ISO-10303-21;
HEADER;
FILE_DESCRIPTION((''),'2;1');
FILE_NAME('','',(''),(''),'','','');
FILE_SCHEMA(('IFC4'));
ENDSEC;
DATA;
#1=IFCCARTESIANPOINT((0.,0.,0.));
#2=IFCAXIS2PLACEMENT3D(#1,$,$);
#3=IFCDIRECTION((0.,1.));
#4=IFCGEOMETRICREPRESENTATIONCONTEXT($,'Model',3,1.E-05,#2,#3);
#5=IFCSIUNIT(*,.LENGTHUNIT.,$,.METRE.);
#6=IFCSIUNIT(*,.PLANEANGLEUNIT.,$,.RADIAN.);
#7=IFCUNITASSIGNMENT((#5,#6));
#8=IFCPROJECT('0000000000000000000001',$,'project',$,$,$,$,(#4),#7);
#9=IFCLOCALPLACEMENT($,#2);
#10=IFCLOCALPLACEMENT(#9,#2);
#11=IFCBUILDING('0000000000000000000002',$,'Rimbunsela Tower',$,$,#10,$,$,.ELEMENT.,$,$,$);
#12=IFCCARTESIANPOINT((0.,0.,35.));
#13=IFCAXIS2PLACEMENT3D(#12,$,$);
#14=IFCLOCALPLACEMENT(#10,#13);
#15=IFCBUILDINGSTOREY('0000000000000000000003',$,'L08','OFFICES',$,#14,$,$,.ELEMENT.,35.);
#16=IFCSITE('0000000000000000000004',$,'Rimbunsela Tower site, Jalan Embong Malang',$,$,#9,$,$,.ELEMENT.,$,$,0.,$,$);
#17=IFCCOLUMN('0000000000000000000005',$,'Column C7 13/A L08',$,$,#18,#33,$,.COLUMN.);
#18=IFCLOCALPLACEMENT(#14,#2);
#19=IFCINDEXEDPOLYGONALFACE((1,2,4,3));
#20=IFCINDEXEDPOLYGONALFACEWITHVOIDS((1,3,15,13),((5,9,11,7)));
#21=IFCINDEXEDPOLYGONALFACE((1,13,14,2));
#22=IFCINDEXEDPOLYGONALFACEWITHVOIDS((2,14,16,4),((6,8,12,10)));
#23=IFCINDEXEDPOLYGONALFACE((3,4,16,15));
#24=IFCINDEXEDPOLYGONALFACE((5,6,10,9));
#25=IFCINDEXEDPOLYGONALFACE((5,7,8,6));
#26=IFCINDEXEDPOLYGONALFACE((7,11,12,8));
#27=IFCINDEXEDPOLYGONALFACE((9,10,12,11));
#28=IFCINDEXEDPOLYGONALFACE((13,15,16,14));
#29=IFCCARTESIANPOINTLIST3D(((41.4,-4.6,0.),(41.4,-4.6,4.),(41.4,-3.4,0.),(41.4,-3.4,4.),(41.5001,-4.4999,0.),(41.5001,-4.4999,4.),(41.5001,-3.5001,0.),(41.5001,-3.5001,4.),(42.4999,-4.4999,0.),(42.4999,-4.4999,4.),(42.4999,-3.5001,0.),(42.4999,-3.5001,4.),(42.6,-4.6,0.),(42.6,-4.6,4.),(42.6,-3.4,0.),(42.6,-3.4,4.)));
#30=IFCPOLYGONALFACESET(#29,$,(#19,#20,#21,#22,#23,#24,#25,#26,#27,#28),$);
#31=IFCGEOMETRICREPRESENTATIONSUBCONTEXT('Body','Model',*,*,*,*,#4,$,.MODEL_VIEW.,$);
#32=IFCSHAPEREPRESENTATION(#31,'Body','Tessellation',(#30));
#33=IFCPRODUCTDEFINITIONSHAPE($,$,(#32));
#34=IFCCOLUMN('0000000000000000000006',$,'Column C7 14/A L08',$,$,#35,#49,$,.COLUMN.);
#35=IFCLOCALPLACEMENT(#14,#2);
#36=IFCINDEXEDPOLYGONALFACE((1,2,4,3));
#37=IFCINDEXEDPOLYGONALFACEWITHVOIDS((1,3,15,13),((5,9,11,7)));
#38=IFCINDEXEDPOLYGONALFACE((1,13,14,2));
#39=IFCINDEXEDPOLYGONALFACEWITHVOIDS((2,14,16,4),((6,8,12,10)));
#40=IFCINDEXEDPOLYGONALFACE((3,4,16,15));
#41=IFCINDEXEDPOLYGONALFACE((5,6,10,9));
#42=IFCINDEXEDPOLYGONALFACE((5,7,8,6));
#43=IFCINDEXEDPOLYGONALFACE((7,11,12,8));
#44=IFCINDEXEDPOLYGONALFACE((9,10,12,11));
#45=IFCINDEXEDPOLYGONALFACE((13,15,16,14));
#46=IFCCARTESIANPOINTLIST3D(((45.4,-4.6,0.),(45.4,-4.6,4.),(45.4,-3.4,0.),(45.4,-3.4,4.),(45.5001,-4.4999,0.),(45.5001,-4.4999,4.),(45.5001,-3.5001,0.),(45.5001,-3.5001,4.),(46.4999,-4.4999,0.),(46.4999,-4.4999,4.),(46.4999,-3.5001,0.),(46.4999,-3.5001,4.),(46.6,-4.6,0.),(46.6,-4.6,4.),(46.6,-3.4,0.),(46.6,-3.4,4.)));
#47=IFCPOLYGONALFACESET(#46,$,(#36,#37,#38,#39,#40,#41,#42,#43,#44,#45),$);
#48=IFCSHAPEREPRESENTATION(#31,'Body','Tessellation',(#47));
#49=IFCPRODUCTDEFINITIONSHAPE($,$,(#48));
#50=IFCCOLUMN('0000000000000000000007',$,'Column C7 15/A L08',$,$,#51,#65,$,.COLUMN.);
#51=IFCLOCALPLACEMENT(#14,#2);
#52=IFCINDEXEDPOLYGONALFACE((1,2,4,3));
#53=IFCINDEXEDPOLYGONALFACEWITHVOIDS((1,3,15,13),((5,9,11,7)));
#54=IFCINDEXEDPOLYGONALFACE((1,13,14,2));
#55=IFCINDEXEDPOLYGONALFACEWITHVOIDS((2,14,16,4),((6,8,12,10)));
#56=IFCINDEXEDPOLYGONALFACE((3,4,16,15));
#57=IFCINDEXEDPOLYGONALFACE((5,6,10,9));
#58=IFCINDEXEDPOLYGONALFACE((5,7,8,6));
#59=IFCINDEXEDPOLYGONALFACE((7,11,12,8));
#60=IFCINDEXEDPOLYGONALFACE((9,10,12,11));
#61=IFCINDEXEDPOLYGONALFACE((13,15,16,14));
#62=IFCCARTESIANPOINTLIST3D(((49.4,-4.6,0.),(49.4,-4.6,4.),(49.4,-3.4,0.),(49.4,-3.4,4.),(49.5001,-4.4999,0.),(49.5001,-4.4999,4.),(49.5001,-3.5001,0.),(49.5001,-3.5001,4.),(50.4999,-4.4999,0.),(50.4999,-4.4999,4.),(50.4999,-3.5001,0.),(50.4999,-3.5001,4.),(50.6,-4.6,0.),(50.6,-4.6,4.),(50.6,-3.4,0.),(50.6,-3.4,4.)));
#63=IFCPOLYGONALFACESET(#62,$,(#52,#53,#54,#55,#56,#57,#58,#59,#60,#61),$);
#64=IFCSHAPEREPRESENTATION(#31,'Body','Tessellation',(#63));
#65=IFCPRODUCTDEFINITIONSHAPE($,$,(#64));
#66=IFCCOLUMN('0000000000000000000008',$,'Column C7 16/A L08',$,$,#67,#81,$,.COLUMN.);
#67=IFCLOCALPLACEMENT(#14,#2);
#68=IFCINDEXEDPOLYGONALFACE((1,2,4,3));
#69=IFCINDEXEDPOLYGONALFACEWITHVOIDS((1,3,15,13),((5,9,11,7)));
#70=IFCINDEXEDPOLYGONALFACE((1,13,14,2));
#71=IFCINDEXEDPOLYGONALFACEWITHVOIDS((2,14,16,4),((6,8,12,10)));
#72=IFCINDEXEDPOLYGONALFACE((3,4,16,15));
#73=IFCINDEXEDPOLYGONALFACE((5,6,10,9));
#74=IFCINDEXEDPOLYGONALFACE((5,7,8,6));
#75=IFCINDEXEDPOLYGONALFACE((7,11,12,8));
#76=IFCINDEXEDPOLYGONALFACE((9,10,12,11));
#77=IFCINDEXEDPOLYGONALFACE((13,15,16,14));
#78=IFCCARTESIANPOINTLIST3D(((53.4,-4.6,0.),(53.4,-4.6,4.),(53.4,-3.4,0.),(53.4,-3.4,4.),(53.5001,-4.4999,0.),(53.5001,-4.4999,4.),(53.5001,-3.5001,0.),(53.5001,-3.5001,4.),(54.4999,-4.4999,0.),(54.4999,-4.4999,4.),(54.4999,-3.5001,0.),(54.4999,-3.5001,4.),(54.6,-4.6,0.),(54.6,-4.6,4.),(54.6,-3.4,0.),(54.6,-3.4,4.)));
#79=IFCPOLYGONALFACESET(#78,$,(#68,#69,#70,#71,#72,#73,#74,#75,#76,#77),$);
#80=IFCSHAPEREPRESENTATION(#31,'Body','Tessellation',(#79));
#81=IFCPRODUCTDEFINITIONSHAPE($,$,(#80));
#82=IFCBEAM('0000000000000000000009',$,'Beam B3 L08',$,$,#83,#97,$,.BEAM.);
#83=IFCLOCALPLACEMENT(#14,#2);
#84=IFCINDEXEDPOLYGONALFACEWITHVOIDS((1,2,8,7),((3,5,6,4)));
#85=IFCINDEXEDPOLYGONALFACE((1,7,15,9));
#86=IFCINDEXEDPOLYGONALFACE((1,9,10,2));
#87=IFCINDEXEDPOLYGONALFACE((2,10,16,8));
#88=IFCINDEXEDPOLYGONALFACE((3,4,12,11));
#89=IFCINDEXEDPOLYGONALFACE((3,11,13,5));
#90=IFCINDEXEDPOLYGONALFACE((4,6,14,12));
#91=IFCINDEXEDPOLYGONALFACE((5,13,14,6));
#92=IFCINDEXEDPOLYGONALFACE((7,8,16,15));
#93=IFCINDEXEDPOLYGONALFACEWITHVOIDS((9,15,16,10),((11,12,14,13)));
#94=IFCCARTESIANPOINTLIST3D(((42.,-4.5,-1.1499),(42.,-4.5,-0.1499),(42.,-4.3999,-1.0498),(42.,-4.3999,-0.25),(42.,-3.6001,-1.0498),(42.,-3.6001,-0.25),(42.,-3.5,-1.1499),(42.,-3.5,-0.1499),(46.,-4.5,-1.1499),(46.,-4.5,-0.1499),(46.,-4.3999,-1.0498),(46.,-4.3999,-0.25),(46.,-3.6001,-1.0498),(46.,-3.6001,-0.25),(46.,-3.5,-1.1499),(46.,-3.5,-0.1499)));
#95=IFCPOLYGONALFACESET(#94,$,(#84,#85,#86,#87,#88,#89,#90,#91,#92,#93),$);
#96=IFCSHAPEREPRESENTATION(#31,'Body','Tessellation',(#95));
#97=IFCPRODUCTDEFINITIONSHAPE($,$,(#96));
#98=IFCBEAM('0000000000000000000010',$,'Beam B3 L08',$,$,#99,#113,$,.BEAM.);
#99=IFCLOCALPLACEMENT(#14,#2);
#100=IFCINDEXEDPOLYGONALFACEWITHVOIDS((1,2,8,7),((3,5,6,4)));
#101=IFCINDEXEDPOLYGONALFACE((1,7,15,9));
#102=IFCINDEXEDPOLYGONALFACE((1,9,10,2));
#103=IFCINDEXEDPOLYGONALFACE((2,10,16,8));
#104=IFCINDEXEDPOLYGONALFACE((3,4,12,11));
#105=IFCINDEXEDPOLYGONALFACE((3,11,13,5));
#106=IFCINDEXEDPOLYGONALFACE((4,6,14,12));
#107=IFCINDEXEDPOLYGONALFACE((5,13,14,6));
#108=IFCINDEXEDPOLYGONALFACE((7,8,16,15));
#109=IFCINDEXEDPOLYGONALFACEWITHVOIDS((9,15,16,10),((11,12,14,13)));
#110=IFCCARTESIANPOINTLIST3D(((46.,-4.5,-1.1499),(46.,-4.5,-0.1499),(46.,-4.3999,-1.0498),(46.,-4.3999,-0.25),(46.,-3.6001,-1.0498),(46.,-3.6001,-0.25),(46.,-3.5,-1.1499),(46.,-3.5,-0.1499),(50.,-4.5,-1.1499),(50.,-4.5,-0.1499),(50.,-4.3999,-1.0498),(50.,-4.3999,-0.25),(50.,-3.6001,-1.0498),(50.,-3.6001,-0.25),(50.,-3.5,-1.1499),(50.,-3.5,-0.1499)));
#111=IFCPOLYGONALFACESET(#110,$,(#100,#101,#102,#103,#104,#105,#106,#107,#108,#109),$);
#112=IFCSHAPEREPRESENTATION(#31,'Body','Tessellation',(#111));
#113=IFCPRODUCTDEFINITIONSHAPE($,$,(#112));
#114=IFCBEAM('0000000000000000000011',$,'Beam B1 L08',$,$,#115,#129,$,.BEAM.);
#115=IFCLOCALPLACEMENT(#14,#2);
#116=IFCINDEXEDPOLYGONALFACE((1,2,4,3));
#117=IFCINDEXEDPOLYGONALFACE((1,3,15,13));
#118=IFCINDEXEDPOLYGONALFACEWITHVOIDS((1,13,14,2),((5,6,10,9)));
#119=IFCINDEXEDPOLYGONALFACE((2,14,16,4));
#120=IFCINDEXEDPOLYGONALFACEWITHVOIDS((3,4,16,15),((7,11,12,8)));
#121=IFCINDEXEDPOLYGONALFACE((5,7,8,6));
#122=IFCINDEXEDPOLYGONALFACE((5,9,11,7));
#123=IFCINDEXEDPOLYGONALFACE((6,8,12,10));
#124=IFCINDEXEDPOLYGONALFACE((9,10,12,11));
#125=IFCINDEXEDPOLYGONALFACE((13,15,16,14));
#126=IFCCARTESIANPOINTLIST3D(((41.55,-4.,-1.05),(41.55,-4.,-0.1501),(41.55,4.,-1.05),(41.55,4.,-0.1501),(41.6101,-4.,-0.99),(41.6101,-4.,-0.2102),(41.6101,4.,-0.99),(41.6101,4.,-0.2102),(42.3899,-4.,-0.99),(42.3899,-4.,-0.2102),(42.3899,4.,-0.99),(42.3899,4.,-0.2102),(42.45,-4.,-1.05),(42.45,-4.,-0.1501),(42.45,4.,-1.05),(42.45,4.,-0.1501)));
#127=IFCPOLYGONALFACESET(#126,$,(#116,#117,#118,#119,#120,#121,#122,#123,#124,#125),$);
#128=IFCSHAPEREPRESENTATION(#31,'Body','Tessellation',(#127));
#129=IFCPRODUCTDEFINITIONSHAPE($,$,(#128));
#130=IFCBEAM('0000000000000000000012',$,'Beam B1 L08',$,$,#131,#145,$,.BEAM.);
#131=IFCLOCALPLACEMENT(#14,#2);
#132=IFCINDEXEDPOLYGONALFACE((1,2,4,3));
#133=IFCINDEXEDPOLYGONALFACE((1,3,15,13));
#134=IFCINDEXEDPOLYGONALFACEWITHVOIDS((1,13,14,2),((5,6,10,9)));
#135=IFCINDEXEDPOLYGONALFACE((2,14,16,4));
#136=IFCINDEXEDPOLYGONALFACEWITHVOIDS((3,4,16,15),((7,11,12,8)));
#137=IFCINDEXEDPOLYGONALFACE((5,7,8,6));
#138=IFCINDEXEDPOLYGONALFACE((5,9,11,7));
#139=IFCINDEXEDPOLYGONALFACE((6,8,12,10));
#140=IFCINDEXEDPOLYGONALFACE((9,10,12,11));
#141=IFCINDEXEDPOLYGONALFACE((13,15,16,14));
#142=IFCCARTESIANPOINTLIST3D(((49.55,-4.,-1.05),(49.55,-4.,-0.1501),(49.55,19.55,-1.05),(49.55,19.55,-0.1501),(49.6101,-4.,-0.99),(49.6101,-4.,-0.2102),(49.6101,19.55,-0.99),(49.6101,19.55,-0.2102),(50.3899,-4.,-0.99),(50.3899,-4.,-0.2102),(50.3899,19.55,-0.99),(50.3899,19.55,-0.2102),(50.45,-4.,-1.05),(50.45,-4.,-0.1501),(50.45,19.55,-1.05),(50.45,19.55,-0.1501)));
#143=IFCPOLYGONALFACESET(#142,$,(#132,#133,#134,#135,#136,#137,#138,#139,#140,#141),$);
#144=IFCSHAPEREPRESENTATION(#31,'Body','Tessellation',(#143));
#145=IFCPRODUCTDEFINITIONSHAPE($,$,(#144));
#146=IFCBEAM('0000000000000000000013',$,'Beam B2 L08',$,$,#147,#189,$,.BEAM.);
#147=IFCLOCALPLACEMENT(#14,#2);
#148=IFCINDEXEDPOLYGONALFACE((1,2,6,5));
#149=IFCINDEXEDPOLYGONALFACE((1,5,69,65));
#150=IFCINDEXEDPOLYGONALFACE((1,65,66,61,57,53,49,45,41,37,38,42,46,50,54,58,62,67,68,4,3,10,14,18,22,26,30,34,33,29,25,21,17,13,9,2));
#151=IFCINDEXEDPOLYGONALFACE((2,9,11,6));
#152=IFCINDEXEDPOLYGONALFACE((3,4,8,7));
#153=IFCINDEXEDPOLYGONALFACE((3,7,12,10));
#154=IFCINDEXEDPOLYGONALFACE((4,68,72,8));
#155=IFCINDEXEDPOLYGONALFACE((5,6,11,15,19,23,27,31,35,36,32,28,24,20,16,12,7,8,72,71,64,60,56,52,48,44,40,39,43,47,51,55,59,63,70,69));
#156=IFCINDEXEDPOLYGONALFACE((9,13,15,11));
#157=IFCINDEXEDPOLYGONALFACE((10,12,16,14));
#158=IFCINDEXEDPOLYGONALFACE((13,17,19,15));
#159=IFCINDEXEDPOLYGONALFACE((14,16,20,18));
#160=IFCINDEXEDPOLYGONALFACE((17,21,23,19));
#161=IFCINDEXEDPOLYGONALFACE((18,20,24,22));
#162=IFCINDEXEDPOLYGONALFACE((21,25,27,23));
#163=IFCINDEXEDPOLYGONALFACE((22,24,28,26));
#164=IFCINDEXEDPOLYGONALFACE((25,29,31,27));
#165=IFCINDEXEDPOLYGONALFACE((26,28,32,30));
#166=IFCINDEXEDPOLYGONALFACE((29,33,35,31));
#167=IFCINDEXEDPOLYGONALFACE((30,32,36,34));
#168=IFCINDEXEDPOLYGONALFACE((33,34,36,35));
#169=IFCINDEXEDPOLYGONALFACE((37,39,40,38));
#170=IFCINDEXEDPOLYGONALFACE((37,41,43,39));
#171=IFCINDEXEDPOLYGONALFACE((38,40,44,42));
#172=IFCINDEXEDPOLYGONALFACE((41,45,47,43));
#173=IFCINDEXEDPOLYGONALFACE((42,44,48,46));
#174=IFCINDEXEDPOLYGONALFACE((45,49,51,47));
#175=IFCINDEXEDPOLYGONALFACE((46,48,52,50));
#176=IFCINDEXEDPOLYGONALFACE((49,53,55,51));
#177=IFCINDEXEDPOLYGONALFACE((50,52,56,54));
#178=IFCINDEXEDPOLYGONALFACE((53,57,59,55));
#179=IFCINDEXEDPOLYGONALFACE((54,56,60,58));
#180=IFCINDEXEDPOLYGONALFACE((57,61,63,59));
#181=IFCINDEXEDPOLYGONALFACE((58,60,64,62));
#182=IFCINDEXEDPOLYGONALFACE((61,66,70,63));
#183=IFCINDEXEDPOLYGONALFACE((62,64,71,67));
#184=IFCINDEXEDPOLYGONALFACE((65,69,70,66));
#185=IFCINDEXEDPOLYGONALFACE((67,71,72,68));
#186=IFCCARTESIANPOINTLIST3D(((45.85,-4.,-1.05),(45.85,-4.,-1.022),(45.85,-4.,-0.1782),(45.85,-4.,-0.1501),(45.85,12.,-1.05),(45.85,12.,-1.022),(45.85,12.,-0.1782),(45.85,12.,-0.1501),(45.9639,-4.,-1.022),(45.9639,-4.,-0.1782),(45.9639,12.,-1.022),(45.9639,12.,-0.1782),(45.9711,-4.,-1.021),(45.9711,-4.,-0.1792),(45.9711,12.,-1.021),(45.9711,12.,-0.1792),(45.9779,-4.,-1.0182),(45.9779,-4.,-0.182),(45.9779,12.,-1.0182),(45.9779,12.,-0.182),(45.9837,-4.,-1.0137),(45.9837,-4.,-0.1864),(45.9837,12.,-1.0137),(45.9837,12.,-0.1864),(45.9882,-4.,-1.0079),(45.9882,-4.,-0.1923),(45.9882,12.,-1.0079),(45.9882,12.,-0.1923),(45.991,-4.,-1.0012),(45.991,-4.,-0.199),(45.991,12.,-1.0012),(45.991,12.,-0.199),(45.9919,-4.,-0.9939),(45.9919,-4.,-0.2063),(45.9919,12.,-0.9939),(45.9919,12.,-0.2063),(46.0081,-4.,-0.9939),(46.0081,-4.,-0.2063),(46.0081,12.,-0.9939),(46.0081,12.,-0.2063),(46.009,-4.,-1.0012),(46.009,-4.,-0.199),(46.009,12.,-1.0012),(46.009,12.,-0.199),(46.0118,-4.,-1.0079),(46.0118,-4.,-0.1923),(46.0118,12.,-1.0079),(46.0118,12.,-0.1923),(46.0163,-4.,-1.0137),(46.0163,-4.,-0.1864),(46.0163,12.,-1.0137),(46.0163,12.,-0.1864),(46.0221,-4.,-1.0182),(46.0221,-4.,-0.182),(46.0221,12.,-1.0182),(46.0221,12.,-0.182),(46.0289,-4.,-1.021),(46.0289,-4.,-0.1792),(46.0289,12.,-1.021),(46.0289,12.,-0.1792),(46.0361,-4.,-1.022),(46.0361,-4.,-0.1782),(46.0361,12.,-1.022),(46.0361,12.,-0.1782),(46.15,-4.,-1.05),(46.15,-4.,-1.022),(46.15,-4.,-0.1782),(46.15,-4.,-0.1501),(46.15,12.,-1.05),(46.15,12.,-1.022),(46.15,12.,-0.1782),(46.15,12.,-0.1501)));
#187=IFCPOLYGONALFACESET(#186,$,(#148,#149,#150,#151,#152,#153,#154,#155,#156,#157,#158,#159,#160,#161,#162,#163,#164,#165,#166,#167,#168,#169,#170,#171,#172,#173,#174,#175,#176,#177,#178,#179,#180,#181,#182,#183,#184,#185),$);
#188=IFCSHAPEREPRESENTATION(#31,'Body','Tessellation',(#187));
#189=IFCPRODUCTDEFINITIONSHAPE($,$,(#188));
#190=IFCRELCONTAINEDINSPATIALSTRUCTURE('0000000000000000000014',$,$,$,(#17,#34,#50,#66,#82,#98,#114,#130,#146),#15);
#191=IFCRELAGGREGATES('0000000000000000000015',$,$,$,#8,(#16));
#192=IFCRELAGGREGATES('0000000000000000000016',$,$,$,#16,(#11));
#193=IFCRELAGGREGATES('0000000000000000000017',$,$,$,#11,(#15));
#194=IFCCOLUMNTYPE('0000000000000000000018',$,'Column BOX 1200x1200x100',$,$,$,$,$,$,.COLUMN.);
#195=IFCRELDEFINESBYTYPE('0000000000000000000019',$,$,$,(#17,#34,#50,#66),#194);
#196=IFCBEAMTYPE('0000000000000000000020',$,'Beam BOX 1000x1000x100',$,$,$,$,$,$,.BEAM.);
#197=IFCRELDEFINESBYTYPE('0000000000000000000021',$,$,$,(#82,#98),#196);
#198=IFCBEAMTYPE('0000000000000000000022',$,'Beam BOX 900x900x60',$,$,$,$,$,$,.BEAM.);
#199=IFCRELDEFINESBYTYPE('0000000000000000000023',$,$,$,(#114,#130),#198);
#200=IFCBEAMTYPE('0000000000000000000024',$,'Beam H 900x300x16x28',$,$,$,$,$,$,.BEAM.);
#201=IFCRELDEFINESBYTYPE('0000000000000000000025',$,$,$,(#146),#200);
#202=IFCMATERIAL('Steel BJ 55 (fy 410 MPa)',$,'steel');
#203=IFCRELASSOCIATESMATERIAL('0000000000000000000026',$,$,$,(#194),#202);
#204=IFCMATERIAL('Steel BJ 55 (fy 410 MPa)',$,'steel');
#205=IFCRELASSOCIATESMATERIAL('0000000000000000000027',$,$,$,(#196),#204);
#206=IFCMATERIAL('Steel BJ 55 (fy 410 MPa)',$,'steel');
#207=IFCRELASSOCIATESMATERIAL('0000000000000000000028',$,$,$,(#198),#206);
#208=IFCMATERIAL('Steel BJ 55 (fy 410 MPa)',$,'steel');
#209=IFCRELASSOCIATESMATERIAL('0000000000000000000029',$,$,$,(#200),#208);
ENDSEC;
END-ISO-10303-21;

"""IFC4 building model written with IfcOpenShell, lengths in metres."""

from ifc_helpers import new_model, si_unit, direction, frame, origin, origin_2d, place, context, subcontext, project, spatial, hollow_rectangle, i_section, extrude, material, material_profile, profile_set, type_object, element, save


model = new_model("IFC4")

# Units and contexts
model_context = context("Model", 3, precision=1e-05, world=origin(), true_north=direction((0.0, 1.0)))
body_context = subcontext(model_context, "Body", "Model", "MODEL_VIEW")
ifc_project = project(units=[si_unit("LENGTHUNIT", "METRE"), si_unit("PLANEANGLEUNIT", "RADIAN")], contexts=[model_context])

# Site, building, storey
site_placement = place(None, origin())
site = spatial("IfcSite", under=ifc_project, at=site_placement, Name="Rimbunsela Tower site, Jalan Embong Malang", CompositionType="ELEMENT", RefElevation=0.0)
building_placement = place(site_placement, origin())
building = spatial("IfcBuilding", under=site, at=building_placement, Name="Rimbunsela Tower", CompositionType="ELEMENT")
storey_placement = place(building_placement, frame((0.0, 0.0, 35.0)))
storey = spatial("IfcBuildingStorey", under=building, at=storey_placement, Name="L08", Description="OFFICES", CompositionType="ELEMENT", Elevation=35.0)

# Columns
ifc_material_1 = material(Name="Steel BJ 55 (fy 410 MPa)", Category="steel")
ifc_material_profile_1 = material_profile(ifc_material_1, hollow_rectangle(XDim=1.2, YDim=1.2, WallThickness=0.1001, at=origin_2d()), Name="BOX 1200x1200x100")
ifc_profile_set_1 = profile_set([ifc_material_profile_1], Name="Steel BJ 55 (fy 410 MPa)")
column_type = type_object("IfcColumnType", Name="Column BOX 1200x1200x100", PredefinedType="COLUMN", material=ifc_profile_set_1)
for number, where, z_axis, x_axis, name in (
    (1, (42.0, -4.0, 0.0), (0.0, 0.0, 1.0), (1.0, 0.0, 0.0), "Column C7 13/A L08"),
    (2, (46.0, -4.0, 0.0), (0.0, 0.0, 1.0), (1.0, 0.0, 0.0), "Column C7 14/A L08"),
    (3, (50.0, -4.0, 0.0), (0.0, 0.0, 1.0), (1.0, 0.0, 0.0), "Column C7 15/A L08"),
    (4, (54.0, -4.0, 0.0), (0.0, 0.0, 1.0), (1.0, 0.0, 0.0), "Column C7 16/A L08"),
):
    element("IfcColumn", number, at=place(storey_placement, frame(where, z_axis=z_axis, x_axis=x_axis)), inside=storey, type_object=column_type, Name=name, PredefinedType="COLUMN", context=body_context, shape_type="SweptSolid", body=[
        extrude(hollow_rectangle(XDim=1.2, YDim=1.2, WallThickness=0.1001, at=origin_2d()), origin(), (0.0, 0.0, 1.0), 4.0),
    ])

# Beams
ifc_material_2 = material(Name="Steel BJ 55 (fy 410 MPa)", Category="steel")
ifc_material_profile_2 = material_profile(ifc_material_2, hollow_rectangle(XDim=1.0, YDim=1.0, WallThickness=0.1001, at=origin_2d()), Name="BOX 1000x1000x100")
ifc_profile_set_2 = profile_set([ifc_material_profile_2], Name="Steel BJ 55 (fy 410 MPa)")
beam_type_1 = type_object("IfcBeamType", Name="Beam BOX 1000x1000x100", PredefinedType="BEAM", material=ifc_profile_set_2)
for number, where, z_axis, x_axis, name in (
    (5, (42.0, -4.0, -0.6499), (1.0, 0.0, 0.0), (0.0, 1.0, 0.0), "Beam B3 L08"),
    (6, (46.0, -4.0, -0.6499), (1.0, 0.0, 0.0), (0.0, 1.0, 0.0), "Beam B3 L08"),
):
    element("IfcBeam", number, at=place(storey_placement, frame(where, z_axis=z_axis, x_axis=x_axis)), inside=storey, type_object=beam_type_1, Name=name, PredefinedType="BEAM", context=body_context, shape_type="SweptSolid", body=[
        extrude(hollow_rectangle(XDim=1.0, YDim=1.0, WallThickness=0.1001, at=origin_2d()), origin(), (0.0, 0.0, 1.0), 4.0),
    ])
ifc_material_3 = material(Name="Steel BJ 55 (fy 410 MPa)", Category="steel")
ifc_material_profile_3 = material_profile(ifc_material_3, hollow_rectangle(XDim=0.8999, YDim=0.8999, WallThickness=0.0601, at=origin_2d()), Name="BOX 900x900x60")
ifc_profile_set_3 = profile_set([ifc_material_profile_3], Name="Steel BJ 55 (fy 410 MPa)")
beam_type_2 = type_object("IfcBeamType", Name="Beam BOX 900x900x60", PredefinedType="BEAM", material=ifc_profile_set_3)
beam_1_placement = place(storey_placement, frame((42.0, -4.0, -0.6001), z_axis=(0.0, 1.0, 0.0), x_axis=(-1.0, 0.0, 0.0)))
element("IfcBeam", 7, at=beam_1_placement, inside=storey, type_object=beam_type_2, Name="Beam B1 L08", PredefinedType="BEAM", context=body_context, shape_type="SweptSolid", body=[
    extrude(hollow_rectangle(XDim=0.8999, YDim=0.8999, WallThickness=0.0601, at=origin_2d()), origin(), (0.0, 0.0, 1.0), 8.0),
])
beam_2_placement = place(storey_placement, frame((50.0, -4.0, -0.6001), z_axis=(0.0, 1.0, 0.0), x_axis=(-1.0, 0.0, 0.0)))
element("IfcBeam", 8, at=beam_2_placement, inside=storey, type_object=beam_type_2, Name="Beam B1 L08", PredefinedType="BEAM", context=body_context, shape_type="SweptSolid", body=[
    extrude(hollow_rectangle(XDim=0.8999, YDim=0.8999, WallThickness=0.0601, at=origin_2d()), origin(), (0.0, 0.0, 1.0), 23.55),
])
ifc_material_4 = material(Name="Steel BJ 55 (fy 410 MPa)", Category="steel")
ifc_material_profile_4 = material_profile(ifc_material_4, i_section(OverallWidth=0.3, OverallDepth=0.8999, WebThickness=0.0161, FlangeThickness=0.0281, FilletRadius=0.0281, at=origin_2d()), Name="H 900x300x16x28")
ifc_profile_set_4 = profile_set([ifc_material_profile_4], Name="Steel BJ 55 (fy 410 MPa)")
beam_type_3 = type_object("IfcBeamType", Name="Beam H 900x300x16x28", PredefinedType="BEAM", material=ifc_profile_set_4)
beam_3_placement = place(storey_placement, frame((46.0, -4.0, -0.6001), z_axis=(0.0, 1.0, 0.0), x_axis=(-1.0, 0.0, 0.0)))
element("IfcBeam", 9, at=beam_3_placement, inside=storey, type_object=beam_type_3, Name="Beam B2 L08", PredefinedType="BEAM", context=body_context, shape_type="SweptSolid", body=[
    extrude(i_section(OverallWidth=0.3, OverallDepth=0.8999, WebThickness=0.0161, FlangeThickness=0.0281, FilletRadius=0.0281, at=origin_2d()), origin(), (0.0, 0.0, 1.0), 16.0),
])

save(model, "model.ifc")
